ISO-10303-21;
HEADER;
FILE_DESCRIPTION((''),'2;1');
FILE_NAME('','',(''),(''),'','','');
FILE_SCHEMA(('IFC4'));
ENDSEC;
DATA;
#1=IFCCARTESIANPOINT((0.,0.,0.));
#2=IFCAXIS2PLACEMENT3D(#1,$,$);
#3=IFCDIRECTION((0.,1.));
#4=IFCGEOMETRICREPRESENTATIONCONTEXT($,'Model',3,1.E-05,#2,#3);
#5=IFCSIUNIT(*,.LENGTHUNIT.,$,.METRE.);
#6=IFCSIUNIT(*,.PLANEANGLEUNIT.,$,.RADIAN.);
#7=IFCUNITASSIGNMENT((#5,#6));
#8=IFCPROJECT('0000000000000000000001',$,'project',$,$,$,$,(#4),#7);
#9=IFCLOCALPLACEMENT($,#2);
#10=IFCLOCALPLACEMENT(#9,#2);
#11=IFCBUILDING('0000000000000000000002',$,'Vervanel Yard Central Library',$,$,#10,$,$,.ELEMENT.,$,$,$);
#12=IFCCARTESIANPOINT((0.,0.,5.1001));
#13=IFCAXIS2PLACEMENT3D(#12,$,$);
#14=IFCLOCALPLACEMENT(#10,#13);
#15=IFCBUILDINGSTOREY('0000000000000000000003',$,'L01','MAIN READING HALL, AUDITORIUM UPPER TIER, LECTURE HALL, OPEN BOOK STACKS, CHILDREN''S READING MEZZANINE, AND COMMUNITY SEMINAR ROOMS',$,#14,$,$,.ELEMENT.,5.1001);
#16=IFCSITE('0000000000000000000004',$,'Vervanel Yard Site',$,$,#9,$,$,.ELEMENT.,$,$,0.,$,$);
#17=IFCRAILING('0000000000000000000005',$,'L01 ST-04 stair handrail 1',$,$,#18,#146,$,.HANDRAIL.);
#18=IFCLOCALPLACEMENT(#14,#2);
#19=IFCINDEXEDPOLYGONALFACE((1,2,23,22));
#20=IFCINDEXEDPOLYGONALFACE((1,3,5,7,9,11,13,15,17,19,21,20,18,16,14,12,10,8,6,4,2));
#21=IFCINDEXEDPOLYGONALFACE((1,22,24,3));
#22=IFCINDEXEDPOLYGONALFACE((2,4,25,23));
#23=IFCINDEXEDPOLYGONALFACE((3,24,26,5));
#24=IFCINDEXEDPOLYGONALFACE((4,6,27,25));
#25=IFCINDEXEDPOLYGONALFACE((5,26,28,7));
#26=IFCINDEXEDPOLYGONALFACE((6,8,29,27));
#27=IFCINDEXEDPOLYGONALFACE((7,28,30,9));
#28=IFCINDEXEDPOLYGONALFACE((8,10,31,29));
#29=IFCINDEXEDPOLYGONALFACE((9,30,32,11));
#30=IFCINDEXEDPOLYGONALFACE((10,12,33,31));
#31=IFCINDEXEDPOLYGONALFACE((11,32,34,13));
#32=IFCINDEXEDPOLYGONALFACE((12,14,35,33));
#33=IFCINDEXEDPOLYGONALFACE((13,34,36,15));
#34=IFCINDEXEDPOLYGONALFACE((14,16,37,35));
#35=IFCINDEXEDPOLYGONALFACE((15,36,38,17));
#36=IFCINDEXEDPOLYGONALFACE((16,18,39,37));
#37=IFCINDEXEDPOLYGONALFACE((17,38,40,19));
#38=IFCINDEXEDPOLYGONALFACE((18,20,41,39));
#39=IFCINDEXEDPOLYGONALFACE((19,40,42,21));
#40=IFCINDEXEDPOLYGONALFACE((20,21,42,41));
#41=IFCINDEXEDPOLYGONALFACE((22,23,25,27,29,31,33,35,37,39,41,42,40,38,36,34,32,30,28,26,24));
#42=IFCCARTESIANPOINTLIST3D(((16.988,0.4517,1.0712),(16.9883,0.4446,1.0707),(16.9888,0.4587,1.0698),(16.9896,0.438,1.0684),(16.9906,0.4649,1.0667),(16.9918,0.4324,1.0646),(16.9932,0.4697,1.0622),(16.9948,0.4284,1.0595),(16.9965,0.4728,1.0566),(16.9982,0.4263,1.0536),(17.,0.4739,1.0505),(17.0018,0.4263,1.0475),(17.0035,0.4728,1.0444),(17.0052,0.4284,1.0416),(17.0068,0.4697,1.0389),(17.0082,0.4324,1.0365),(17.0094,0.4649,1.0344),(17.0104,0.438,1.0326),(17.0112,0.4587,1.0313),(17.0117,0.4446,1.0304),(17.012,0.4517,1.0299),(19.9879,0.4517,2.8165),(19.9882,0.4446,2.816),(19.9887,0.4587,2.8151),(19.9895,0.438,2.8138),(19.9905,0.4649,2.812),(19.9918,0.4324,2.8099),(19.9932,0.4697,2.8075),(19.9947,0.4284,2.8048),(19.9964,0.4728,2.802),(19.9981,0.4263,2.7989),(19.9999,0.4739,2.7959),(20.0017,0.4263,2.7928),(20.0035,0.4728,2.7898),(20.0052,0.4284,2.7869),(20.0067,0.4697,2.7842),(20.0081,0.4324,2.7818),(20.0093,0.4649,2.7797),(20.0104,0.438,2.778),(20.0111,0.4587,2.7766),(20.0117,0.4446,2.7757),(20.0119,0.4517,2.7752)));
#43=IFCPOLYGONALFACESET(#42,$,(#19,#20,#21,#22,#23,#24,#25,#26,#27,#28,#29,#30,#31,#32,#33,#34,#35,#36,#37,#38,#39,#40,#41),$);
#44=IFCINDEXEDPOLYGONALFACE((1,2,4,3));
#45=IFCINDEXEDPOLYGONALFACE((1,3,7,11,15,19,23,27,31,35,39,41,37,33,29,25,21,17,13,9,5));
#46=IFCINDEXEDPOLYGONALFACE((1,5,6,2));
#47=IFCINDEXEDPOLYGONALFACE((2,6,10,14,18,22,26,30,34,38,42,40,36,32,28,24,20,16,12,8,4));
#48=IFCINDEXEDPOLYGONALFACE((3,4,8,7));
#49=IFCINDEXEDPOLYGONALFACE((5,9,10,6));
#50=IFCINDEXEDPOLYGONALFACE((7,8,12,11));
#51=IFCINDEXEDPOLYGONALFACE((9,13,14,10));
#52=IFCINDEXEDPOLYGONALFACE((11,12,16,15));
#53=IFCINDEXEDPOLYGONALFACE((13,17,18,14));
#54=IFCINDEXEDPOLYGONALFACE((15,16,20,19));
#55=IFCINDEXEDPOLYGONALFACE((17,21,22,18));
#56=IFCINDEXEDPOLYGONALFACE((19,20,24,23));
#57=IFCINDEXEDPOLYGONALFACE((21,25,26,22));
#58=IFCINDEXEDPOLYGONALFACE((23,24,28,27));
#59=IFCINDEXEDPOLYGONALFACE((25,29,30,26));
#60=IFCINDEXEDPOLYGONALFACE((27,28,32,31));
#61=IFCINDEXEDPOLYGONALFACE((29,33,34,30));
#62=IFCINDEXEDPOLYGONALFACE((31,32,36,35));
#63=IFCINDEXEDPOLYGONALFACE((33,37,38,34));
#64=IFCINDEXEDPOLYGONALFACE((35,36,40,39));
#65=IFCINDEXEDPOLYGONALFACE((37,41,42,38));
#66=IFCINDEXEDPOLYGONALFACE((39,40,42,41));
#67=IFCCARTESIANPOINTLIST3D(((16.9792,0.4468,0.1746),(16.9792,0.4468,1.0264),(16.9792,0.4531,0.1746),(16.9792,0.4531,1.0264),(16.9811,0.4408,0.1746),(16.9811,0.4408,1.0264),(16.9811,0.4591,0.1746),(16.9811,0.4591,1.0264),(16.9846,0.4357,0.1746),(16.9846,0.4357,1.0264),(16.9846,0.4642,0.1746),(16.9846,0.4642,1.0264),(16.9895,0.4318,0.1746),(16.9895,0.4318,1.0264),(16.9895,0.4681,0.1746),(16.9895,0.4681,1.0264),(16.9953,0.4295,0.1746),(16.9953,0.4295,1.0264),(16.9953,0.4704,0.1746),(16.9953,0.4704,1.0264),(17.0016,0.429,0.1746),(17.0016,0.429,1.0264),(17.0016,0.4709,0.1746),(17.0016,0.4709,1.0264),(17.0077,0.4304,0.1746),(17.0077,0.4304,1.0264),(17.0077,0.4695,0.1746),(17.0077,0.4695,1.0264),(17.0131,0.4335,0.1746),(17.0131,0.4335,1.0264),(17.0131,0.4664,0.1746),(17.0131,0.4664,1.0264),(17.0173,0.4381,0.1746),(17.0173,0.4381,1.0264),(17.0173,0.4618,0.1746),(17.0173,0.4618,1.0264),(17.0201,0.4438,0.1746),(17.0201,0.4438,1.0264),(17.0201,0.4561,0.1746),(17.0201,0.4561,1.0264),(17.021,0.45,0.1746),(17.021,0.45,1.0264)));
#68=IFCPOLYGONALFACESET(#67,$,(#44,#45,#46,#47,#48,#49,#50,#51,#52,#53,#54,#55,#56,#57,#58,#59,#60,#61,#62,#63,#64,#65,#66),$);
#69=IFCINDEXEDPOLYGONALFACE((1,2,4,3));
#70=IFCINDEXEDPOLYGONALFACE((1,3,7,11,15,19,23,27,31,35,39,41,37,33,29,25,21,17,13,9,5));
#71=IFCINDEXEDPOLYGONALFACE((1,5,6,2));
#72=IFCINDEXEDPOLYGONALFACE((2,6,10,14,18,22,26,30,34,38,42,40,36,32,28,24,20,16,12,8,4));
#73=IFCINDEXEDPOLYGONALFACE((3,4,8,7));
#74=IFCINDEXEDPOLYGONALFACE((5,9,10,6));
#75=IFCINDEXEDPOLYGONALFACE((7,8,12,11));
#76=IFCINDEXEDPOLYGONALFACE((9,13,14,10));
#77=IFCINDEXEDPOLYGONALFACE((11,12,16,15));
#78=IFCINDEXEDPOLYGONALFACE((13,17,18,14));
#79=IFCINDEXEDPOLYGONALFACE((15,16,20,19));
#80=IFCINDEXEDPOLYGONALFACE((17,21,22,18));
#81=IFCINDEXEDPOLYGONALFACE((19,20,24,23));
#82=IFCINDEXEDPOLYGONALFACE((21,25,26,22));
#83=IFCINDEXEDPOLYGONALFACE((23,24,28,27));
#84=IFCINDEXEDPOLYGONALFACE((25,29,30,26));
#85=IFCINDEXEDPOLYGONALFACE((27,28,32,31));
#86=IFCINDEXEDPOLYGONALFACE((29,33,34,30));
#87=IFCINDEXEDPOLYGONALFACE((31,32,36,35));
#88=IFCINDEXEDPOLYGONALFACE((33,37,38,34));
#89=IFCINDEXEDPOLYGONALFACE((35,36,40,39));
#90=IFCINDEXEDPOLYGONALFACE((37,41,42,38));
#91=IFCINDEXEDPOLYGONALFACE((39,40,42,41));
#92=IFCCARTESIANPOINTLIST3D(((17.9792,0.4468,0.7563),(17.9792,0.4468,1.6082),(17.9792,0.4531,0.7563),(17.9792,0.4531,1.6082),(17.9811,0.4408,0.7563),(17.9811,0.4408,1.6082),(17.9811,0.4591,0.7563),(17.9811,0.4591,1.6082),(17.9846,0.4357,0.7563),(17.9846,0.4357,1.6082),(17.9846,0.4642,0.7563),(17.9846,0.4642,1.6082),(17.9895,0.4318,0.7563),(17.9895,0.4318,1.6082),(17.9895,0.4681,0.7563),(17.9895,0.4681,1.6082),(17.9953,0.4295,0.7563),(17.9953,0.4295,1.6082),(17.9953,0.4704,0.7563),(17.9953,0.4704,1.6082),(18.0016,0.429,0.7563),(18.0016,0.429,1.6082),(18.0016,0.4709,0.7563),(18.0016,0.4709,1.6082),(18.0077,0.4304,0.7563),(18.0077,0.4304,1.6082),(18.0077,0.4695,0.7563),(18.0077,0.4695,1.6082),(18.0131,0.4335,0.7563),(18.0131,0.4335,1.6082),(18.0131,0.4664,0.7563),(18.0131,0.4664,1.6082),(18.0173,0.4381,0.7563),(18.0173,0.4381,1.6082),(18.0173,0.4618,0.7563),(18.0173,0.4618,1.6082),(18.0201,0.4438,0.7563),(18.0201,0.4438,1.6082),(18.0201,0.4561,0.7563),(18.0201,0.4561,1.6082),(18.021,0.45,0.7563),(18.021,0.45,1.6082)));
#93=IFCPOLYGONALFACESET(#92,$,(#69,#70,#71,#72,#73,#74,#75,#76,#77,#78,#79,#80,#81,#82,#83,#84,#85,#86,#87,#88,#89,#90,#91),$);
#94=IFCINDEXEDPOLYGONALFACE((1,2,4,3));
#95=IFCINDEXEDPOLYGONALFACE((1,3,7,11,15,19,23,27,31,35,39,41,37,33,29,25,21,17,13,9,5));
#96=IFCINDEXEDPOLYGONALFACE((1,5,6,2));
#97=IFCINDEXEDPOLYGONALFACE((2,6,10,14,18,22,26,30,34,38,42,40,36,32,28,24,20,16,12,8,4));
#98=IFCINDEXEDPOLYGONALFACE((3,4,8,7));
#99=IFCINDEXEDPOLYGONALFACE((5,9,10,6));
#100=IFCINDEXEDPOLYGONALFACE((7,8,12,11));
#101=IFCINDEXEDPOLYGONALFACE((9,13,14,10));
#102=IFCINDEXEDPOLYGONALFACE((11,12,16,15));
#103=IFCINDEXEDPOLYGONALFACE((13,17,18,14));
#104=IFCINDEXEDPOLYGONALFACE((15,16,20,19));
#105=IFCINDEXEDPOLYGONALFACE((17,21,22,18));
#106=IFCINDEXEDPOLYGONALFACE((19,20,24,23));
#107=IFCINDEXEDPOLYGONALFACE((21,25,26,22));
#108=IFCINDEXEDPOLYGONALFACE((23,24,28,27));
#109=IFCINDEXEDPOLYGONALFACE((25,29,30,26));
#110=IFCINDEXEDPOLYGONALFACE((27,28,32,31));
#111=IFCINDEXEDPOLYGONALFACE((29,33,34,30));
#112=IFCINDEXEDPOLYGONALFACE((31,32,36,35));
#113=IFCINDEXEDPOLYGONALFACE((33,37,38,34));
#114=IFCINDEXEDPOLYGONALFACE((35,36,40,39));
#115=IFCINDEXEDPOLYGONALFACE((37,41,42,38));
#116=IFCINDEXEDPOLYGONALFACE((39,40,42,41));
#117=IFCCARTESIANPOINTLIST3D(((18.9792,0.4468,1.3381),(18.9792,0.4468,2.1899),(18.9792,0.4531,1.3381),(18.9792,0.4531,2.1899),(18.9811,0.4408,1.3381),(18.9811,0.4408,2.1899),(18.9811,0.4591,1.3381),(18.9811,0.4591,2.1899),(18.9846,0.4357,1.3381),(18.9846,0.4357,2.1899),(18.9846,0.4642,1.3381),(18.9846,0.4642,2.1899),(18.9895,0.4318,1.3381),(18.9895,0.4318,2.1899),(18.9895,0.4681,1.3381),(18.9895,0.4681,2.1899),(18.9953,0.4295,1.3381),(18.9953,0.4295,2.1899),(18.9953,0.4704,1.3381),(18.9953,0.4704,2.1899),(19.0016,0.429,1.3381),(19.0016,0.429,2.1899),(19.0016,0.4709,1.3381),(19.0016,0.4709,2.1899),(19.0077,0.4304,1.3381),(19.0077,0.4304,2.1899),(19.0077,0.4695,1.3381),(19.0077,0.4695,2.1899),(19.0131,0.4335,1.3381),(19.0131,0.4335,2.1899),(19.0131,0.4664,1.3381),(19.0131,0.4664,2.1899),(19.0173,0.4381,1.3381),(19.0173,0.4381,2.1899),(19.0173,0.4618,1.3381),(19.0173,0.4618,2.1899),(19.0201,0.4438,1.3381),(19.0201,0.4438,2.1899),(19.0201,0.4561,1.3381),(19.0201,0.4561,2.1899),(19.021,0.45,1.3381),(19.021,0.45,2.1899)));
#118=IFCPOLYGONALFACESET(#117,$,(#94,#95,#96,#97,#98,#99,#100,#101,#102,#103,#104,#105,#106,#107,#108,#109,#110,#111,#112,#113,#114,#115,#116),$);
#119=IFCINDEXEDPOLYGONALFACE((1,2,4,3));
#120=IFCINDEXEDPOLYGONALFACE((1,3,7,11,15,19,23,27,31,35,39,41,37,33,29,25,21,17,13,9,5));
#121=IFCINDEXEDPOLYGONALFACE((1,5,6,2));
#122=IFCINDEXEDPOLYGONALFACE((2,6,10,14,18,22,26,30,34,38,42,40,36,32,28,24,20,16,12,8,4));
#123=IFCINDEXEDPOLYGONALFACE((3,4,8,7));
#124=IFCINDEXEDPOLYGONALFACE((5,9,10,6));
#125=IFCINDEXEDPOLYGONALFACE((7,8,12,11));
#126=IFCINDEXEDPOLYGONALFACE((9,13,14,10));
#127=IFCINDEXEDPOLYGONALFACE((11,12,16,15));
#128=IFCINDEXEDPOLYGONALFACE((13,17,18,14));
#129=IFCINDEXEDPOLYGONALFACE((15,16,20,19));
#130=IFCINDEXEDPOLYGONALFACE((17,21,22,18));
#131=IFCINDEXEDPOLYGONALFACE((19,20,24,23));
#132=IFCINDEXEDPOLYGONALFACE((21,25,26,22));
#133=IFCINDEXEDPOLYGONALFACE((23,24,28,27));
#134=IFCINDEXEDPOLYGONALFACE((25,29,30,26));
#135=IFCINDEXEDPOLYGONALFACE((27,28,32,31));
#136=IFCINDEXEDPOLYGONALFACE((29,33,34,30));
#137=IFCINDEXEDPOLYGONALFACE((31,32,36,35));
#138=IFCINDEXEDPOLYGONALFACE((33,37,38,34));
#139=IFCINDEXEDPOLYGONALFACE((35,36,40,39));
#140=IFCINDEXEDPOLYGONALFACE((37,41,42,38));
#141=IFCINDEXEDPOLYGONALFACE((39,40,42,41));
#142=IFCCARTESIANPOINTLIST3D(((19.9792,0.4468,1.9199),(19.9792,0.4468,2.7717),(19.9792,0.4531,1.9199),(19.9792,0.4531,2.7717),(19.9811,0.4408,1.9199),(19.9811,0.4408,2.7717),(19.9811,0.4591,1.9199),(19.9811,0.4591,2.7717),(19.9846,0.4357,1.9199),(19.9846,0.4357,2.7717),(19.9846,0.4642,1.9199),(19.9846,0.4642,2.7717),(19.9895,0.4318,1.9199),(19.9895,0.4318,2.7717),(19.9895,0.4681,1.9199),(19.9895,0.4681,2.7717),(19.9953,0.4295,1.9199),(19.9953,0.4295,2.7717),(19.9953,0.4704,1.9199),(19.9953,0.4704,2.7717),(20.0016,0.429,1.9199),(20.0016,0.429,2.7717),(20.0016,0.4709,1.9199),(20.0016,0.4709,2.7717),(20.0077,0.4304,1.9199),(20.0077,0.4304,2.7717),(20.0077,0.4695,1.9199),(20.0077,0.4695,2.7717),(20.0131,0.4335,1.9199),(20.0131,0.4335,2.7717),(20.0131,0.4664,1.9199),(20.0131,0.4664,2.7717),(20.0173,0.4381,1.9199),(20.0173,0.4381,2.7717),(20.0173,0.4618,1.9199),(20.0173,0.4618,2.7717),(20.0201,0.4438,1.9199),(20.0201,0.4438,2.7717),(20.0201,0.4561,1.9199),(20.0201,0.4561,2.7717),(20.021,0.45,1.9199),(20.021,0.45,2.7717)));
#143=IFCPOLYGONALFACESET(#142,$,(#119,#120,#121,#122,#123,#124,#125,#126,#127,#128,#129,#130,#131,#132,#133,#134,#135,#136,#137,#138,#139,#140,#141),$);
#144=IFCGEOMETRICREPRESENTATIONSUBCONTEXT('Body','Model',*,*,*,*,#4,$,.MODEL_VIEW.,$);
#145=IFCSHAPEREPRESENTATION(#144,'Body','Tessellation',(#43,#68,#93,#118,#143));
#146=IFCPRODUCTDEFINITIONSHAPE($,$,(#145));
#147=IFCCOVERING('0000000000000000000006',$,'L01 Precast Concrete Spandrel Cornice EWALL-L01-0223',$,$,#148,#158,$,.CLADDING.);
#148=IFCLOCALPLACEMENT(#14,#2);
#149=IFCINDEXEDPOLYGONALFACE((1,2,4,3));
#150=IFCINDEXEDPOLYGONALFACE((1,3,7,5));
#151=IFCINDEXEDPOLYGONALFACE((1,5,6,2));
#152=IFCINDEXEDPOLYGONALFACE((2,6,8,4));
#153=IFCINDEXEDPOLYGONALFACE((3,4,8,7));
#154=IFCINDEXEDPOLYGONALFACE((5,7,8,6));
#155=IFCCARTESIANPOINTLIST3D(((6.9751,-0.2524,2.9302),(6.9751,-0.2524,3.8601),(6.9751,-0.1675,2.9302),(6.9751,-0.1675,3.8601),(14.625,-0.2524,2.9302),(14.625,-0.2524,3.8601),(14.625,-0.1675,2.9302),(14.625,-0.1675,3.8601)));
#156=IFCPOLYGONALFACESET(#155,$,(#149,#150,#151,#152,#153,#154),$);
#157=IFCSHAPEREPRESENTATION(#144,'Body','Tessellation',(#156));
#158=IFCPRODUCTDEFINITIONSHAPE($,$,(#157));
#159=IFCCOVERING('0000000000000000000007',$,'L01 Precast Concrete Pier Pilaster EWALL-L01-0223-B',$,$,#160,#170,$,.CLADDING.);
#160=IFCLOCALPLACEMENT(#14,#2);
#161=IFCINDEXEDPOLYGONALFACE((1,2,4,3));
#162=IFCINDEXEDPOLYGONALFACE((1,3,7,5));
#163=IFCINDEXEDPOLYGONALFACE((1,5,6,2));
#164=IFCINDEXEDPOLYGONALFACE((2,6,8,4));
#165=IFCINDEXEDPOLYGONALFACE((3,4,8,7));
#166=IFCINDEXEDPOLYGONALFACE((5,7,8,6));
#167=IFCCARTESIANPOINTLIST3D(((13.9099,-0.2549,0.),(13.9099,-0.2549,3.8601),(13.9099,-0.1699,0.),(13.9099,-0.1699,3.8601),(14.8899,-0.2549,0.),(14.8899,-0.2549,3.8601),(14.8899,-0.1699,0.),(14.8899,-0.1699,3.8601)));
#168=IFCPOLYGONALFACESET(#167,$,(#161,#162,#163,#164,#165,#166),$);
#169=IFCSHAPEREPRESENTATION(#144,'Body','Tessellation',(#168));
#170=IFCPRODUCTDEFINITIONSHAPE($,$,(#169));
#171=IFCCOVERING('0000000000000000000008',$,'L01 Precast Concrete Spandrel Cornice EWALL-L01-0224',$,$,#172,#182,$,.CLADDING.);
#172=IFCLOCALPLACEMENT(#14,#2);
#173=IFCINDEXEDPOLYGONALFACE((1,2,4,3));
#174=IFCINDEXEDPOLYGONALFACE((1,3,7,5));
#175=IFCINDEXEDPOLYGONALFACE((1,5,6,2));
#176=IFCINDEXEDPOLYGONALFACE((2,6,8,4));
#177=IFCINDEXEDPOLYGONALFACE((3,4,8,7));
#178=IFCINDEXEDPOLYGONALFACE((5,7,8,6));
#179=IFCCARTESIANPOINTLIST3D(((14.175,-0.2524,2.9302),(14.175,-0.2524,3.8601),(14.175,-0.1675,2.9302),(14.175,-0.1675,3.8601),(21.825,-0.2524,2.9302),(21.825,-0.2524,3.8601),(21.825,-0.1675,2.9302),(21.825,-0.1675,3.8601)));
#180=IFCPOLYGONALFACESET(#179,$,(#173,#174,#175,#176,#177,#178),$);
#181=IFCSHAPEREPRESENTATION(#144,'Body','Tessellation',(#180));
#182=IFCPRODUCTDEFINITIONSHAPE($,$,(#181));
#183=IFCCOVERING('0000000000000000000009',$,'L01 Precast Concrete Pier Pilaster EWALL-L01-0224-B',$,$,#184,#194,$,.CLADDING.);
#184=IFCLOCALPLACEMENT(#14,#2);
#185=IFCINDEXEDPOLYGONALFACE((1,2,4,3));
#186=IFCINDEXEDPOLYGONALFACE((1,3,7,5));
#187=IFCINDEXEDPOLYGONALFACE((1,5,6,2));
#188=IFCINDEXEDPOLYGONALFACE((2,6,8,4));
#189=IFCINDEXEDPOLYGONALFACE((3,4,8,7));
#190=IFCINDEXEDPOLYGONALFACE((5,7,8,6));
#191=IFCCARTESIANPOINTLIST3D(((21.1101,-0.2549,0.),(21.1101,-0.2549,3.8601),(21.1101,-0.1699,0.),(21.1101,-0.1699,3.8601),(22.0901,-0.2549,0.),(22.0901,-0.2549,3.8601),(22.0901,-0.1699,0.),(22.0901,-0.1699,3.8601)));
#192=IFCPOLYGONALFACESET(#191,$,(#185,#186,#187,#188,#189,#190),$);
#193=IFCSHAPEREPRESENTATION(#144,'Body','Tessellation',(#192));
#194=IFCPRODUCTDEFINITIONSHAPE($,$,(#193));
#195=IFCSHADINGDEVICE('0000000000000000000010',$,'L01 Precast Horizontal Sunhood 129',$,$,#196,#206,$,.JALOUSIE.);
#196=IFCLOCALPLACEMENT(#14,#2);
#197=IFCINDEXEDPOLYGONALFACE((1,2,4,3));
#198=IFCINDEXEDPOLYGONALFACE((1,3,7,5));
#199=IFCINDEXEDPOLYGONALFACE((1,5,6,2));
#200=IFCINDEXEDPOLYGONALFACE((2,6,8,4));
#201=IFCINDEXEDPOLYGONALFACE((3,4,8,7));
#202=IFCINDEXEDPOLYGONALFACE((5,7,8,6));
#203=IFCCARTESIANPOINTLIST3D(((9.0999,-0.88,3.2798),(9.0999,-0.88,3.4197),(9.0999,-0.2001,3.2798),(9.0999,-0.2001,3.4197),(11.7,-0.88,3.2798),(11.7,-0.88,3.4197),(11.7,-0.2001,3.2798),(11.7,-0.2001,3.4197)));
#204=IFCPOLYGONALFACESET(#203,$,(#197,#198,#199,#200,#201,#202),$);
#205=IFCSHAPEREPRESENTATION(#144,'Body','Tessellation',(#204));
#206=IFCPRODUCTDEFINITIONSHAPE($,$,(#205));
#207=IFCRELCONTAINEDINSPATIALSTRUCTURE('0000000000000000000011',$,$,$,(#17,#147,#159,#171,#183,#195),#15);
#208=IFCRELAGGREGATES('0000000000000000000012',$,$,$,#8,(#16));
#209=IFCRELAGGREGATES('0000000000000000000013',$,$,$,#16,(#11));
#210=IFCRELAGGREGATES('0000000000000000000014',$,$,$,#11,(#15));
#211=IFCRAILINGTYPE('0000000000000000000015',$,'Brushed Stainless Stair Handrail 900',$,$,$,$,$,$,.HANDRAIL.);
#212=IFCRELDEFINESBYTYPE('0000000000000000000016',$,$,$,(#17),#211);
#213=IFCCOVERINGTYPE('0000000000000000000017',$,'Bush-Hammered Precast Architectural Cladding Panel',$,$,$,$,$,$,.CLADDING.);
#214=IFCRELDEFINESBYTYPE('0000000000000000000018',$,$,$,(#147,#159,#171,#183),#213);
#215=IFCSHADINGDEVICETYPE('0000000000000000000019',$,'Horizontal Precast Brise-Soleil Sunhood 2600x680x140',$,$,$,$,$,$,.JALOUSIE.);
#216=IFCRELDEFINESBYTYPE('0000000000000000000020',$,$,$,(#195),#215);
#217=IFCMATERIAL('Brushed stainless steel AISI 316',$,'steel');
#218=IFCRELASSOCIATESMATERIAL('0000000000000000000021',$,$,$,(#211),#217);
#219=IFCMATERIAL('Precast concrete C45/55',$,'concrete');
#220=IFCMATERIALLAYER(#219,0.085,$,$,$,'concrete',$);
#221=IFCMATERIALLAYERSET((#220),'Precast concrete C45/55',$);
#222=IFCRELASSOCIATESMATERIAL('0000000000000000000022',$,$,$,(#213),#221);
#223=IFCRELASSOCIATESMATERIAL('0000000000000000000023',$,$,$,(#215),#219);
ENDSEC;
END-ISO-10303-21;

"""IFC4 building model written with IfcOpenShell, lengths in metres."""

from ifc_helpers import new_model, si_unit, direction, frame, origin, origin_2d, place, context, subcontext, project, spatial, rectangle, circle, extrude, material, layer, layer_set, type_object, element, save


model = new_model("IFC4")

# Units and contexts
model_context = context("Model", 3, precision=1e-05, world=origin(), true_north=direction((0.0, 1.0)))
body_context = subcontext(model_context, "Body", "Model", "MODEL_VIEW")
ifc_project = project(units=[si_unit("LENGTHUNIT", "METRE"), si_unit("PLANEANGLEUNIT", "RADIAN")], contexts=[model_context])

# Site, building, storey
site_placement = place(None, origin())
site = spatial("IfcSite", under=ifc_project, at=site_placement, Name="Vervanel Yard Site", CompositionType="ELEMENT", RefElevation=0.0)
building_placement = place(site_placement, origin())
building = spatial("IfcBuilding", under=site, at=building_placement, Name="Vervanel Yard Central Library", CompositionType="ELEMENT")
storey_placement = place(building_placement, frame((0.0, 0.0, 5.1001)))
storey = spatial("IfcBuildingStorey", under=building, at=storey_placement, Name="L01", Description="MAIN READING HALL, AUDITORIUM UPPER TIER, LECTURE HALL, OPEN BOOK STACKS, CHILDREN'S READING MEZZANINE, AND COMMUNITY SEMINAR ROOMS", CompositionType="ELEMENT", Elevation=5.1001)

# Railing
ifc_material_1 = material(Name="Brushed stainless steel AISI 316", Category="steel")
railing_type_1 = type_object("IfcRailingType", Name="Brushed Stainless Stair Handrail 900", PredefinedType="HANDRAIL", material=ifc_material_1)
railing_1_placement = place(storey_placement, frame((17.0, 0.45, 0.1746)))
element("IfcRailing", 1, at=railing_1_placement, inside=storey, type_object=railing_type_1, Name="L01 ST-04 stair handrail 1", PredefinedType="HANDRAIL", context=body_context, shape_type="SweptSolid", body=[
    extrude(circle(Radius=0.0239, at=origin_2d()), frame((0.0, 0.0, 0.876), z_axis=(0.86436, 0.0, 0.502874), x_axis=(0.0, 1.0, 0.0)), (0.0, 0.0, 1.0), 3.4707),
    extrude(circle(Radius=0.021, at=origin_2d()), origin(), (0.0, 0.0, 1.0), 0.8518),
    extrude(circle(Radius=0.021, at=origin_2d()), frame((1.0, 0.0, 0.5818)), (0.0, 0.0, 1.0), 0.8518),
    extrude(circle(Radius=0.021, at=origin_2d()), frame((2.0, 0.0, 1.1636)), (0.0, 0.0, 1.0), 0.8518),
    extrude(circle(Radius=0.021, at=origin_2d()), frame((3.0, 0.0, 1.7454)), (0.0, 0.0, 1.0), 0.8518),
])

# Coverings
ifc_material_2 = material(Name="Precast concrete C45/55", Category="concrete")
ifc_layer_1 = layer(ifc_material_2, 0.085, Category="concrete")
ifc_layer_set_1 = layer_set([ifc_layer_1], Name="Precast concrete C45/55")
covering_type = type_object("IfcCoveringType", Name="Bush-Hammered Precast Architectural Cladding Panel", PredefinedType="CLADDING", material=ifc_layer_set_1)
covering_1_placement = place(storey_placement, frame((10.8, -0.21, 2.9302), z_axis=(0.0, 0.0, 1.0), x_axis=(1.0, 0.0, 0.0)))
element("IfcCovering", 2, at=covering_1_placement, inside=storey, type_object=covering_type, Name="L01 Precast Concrete Spandrel Cornice EWALL-L01-0223", PredefinedType="CLADDING", context=body_context, shape_type="SweptSolid", body=[
    extrude(rectangle(XDim=7.6499, YDim=0.085, at=origin_2d()), origin(), (0.0, 0.0, 1.0), 0.9299),
])
covering_2_placement = place(storey_placement, frame((14.3999, -0.2124, 0.0), z_axis=(0.0, 0.0, 1.0), x_axis=(1.0, 0.0, 0.0)))
element("IfcCovering", 3, at=covering_2_placement, inside=storey, type_object=covering_type, Name="L01 Precast Concrete Pier Pilaster EWALL-L01-0223-B", PredefinedType="CLADDING", context=body_context, shape_type="SweptSolid", body=[
    extrude(rectangle(XDim=0.98, YDim=0.085, at=origin_2d()), origin(), (0.0, 0.0, 1.0), 3.8601),
])
covering_3_placement = place(storey_placement, frame((18.0, -0.21, 2.9302), z_axis=(0.0, 0.0, 1.0), x_axis=(1.0, 0.0, 0.0)))
element("IfcCovering", 4, at=covering_3_placement, inside=storey, type_object=covering_type, Name="L01 Precast Concrete Spandrel Cornice EWALL-L01-0224", PredefinedType="CLADDING", context=body_context, shape_type="SweptSolid", body=[
    extrude(rectangle(XDim=7.6499, YDim=0.085, at=origin_2d()), origin(), (0.0, 0.0, 1.0), 0.9299),
])
covering_4_placement = place(storey_placement, frame((21.6001, -0.2124, 0.0), z_axis=(0.0, 0.0, 1.0), x_axis=(1.0, 0.0, 0.0)))
element("IfcCovering", 5, at=covering_4_placement, inside=storey, type_object=covering_type, Name="L01 Precast Concrete Pier Pilaster EWALL-L01-0224-B", PredefinedType="CLADDING", context=body_context, shape_type="SweptSolid", body=[
    extrude(rectangle(XDim=0.98, YDim=0.085, at=origin_2d()), origin(), (0.0, 0.0, 1.0), 3.8601),
])

# Shading device
shading_device_type_1 = type_object("IfcShadingDeviceType", Name="Horizontal Precast Brise-Soleil Sunhood 2600x680x140", PredefinedType="JALOUSIE", material=ifc_material_2)
shading_device_placement = place(storey_placement, frame((10.3999, -0.54, 3.2798), z_axis=(0.0, 0.0, 1.0), x_axis=(1.0, 0.0, 0.0)))
element("IfcShadingDevice", 6, at=shading_device_placement, inside=storey, type_object=shading_device_type_1, Name="L01 Precast Horizontal Sunhood 129", PredefinedType="JALOUSIE", context=body_context, shape_type="SweptSolid", body=[
    extrude(rectangle(XDim=2.6001, YDim=0.6799, at=origin_2d()), origin(), (0.0, 0.0, 1.0), 0.1399),
])

save(model, "model.ifc")
